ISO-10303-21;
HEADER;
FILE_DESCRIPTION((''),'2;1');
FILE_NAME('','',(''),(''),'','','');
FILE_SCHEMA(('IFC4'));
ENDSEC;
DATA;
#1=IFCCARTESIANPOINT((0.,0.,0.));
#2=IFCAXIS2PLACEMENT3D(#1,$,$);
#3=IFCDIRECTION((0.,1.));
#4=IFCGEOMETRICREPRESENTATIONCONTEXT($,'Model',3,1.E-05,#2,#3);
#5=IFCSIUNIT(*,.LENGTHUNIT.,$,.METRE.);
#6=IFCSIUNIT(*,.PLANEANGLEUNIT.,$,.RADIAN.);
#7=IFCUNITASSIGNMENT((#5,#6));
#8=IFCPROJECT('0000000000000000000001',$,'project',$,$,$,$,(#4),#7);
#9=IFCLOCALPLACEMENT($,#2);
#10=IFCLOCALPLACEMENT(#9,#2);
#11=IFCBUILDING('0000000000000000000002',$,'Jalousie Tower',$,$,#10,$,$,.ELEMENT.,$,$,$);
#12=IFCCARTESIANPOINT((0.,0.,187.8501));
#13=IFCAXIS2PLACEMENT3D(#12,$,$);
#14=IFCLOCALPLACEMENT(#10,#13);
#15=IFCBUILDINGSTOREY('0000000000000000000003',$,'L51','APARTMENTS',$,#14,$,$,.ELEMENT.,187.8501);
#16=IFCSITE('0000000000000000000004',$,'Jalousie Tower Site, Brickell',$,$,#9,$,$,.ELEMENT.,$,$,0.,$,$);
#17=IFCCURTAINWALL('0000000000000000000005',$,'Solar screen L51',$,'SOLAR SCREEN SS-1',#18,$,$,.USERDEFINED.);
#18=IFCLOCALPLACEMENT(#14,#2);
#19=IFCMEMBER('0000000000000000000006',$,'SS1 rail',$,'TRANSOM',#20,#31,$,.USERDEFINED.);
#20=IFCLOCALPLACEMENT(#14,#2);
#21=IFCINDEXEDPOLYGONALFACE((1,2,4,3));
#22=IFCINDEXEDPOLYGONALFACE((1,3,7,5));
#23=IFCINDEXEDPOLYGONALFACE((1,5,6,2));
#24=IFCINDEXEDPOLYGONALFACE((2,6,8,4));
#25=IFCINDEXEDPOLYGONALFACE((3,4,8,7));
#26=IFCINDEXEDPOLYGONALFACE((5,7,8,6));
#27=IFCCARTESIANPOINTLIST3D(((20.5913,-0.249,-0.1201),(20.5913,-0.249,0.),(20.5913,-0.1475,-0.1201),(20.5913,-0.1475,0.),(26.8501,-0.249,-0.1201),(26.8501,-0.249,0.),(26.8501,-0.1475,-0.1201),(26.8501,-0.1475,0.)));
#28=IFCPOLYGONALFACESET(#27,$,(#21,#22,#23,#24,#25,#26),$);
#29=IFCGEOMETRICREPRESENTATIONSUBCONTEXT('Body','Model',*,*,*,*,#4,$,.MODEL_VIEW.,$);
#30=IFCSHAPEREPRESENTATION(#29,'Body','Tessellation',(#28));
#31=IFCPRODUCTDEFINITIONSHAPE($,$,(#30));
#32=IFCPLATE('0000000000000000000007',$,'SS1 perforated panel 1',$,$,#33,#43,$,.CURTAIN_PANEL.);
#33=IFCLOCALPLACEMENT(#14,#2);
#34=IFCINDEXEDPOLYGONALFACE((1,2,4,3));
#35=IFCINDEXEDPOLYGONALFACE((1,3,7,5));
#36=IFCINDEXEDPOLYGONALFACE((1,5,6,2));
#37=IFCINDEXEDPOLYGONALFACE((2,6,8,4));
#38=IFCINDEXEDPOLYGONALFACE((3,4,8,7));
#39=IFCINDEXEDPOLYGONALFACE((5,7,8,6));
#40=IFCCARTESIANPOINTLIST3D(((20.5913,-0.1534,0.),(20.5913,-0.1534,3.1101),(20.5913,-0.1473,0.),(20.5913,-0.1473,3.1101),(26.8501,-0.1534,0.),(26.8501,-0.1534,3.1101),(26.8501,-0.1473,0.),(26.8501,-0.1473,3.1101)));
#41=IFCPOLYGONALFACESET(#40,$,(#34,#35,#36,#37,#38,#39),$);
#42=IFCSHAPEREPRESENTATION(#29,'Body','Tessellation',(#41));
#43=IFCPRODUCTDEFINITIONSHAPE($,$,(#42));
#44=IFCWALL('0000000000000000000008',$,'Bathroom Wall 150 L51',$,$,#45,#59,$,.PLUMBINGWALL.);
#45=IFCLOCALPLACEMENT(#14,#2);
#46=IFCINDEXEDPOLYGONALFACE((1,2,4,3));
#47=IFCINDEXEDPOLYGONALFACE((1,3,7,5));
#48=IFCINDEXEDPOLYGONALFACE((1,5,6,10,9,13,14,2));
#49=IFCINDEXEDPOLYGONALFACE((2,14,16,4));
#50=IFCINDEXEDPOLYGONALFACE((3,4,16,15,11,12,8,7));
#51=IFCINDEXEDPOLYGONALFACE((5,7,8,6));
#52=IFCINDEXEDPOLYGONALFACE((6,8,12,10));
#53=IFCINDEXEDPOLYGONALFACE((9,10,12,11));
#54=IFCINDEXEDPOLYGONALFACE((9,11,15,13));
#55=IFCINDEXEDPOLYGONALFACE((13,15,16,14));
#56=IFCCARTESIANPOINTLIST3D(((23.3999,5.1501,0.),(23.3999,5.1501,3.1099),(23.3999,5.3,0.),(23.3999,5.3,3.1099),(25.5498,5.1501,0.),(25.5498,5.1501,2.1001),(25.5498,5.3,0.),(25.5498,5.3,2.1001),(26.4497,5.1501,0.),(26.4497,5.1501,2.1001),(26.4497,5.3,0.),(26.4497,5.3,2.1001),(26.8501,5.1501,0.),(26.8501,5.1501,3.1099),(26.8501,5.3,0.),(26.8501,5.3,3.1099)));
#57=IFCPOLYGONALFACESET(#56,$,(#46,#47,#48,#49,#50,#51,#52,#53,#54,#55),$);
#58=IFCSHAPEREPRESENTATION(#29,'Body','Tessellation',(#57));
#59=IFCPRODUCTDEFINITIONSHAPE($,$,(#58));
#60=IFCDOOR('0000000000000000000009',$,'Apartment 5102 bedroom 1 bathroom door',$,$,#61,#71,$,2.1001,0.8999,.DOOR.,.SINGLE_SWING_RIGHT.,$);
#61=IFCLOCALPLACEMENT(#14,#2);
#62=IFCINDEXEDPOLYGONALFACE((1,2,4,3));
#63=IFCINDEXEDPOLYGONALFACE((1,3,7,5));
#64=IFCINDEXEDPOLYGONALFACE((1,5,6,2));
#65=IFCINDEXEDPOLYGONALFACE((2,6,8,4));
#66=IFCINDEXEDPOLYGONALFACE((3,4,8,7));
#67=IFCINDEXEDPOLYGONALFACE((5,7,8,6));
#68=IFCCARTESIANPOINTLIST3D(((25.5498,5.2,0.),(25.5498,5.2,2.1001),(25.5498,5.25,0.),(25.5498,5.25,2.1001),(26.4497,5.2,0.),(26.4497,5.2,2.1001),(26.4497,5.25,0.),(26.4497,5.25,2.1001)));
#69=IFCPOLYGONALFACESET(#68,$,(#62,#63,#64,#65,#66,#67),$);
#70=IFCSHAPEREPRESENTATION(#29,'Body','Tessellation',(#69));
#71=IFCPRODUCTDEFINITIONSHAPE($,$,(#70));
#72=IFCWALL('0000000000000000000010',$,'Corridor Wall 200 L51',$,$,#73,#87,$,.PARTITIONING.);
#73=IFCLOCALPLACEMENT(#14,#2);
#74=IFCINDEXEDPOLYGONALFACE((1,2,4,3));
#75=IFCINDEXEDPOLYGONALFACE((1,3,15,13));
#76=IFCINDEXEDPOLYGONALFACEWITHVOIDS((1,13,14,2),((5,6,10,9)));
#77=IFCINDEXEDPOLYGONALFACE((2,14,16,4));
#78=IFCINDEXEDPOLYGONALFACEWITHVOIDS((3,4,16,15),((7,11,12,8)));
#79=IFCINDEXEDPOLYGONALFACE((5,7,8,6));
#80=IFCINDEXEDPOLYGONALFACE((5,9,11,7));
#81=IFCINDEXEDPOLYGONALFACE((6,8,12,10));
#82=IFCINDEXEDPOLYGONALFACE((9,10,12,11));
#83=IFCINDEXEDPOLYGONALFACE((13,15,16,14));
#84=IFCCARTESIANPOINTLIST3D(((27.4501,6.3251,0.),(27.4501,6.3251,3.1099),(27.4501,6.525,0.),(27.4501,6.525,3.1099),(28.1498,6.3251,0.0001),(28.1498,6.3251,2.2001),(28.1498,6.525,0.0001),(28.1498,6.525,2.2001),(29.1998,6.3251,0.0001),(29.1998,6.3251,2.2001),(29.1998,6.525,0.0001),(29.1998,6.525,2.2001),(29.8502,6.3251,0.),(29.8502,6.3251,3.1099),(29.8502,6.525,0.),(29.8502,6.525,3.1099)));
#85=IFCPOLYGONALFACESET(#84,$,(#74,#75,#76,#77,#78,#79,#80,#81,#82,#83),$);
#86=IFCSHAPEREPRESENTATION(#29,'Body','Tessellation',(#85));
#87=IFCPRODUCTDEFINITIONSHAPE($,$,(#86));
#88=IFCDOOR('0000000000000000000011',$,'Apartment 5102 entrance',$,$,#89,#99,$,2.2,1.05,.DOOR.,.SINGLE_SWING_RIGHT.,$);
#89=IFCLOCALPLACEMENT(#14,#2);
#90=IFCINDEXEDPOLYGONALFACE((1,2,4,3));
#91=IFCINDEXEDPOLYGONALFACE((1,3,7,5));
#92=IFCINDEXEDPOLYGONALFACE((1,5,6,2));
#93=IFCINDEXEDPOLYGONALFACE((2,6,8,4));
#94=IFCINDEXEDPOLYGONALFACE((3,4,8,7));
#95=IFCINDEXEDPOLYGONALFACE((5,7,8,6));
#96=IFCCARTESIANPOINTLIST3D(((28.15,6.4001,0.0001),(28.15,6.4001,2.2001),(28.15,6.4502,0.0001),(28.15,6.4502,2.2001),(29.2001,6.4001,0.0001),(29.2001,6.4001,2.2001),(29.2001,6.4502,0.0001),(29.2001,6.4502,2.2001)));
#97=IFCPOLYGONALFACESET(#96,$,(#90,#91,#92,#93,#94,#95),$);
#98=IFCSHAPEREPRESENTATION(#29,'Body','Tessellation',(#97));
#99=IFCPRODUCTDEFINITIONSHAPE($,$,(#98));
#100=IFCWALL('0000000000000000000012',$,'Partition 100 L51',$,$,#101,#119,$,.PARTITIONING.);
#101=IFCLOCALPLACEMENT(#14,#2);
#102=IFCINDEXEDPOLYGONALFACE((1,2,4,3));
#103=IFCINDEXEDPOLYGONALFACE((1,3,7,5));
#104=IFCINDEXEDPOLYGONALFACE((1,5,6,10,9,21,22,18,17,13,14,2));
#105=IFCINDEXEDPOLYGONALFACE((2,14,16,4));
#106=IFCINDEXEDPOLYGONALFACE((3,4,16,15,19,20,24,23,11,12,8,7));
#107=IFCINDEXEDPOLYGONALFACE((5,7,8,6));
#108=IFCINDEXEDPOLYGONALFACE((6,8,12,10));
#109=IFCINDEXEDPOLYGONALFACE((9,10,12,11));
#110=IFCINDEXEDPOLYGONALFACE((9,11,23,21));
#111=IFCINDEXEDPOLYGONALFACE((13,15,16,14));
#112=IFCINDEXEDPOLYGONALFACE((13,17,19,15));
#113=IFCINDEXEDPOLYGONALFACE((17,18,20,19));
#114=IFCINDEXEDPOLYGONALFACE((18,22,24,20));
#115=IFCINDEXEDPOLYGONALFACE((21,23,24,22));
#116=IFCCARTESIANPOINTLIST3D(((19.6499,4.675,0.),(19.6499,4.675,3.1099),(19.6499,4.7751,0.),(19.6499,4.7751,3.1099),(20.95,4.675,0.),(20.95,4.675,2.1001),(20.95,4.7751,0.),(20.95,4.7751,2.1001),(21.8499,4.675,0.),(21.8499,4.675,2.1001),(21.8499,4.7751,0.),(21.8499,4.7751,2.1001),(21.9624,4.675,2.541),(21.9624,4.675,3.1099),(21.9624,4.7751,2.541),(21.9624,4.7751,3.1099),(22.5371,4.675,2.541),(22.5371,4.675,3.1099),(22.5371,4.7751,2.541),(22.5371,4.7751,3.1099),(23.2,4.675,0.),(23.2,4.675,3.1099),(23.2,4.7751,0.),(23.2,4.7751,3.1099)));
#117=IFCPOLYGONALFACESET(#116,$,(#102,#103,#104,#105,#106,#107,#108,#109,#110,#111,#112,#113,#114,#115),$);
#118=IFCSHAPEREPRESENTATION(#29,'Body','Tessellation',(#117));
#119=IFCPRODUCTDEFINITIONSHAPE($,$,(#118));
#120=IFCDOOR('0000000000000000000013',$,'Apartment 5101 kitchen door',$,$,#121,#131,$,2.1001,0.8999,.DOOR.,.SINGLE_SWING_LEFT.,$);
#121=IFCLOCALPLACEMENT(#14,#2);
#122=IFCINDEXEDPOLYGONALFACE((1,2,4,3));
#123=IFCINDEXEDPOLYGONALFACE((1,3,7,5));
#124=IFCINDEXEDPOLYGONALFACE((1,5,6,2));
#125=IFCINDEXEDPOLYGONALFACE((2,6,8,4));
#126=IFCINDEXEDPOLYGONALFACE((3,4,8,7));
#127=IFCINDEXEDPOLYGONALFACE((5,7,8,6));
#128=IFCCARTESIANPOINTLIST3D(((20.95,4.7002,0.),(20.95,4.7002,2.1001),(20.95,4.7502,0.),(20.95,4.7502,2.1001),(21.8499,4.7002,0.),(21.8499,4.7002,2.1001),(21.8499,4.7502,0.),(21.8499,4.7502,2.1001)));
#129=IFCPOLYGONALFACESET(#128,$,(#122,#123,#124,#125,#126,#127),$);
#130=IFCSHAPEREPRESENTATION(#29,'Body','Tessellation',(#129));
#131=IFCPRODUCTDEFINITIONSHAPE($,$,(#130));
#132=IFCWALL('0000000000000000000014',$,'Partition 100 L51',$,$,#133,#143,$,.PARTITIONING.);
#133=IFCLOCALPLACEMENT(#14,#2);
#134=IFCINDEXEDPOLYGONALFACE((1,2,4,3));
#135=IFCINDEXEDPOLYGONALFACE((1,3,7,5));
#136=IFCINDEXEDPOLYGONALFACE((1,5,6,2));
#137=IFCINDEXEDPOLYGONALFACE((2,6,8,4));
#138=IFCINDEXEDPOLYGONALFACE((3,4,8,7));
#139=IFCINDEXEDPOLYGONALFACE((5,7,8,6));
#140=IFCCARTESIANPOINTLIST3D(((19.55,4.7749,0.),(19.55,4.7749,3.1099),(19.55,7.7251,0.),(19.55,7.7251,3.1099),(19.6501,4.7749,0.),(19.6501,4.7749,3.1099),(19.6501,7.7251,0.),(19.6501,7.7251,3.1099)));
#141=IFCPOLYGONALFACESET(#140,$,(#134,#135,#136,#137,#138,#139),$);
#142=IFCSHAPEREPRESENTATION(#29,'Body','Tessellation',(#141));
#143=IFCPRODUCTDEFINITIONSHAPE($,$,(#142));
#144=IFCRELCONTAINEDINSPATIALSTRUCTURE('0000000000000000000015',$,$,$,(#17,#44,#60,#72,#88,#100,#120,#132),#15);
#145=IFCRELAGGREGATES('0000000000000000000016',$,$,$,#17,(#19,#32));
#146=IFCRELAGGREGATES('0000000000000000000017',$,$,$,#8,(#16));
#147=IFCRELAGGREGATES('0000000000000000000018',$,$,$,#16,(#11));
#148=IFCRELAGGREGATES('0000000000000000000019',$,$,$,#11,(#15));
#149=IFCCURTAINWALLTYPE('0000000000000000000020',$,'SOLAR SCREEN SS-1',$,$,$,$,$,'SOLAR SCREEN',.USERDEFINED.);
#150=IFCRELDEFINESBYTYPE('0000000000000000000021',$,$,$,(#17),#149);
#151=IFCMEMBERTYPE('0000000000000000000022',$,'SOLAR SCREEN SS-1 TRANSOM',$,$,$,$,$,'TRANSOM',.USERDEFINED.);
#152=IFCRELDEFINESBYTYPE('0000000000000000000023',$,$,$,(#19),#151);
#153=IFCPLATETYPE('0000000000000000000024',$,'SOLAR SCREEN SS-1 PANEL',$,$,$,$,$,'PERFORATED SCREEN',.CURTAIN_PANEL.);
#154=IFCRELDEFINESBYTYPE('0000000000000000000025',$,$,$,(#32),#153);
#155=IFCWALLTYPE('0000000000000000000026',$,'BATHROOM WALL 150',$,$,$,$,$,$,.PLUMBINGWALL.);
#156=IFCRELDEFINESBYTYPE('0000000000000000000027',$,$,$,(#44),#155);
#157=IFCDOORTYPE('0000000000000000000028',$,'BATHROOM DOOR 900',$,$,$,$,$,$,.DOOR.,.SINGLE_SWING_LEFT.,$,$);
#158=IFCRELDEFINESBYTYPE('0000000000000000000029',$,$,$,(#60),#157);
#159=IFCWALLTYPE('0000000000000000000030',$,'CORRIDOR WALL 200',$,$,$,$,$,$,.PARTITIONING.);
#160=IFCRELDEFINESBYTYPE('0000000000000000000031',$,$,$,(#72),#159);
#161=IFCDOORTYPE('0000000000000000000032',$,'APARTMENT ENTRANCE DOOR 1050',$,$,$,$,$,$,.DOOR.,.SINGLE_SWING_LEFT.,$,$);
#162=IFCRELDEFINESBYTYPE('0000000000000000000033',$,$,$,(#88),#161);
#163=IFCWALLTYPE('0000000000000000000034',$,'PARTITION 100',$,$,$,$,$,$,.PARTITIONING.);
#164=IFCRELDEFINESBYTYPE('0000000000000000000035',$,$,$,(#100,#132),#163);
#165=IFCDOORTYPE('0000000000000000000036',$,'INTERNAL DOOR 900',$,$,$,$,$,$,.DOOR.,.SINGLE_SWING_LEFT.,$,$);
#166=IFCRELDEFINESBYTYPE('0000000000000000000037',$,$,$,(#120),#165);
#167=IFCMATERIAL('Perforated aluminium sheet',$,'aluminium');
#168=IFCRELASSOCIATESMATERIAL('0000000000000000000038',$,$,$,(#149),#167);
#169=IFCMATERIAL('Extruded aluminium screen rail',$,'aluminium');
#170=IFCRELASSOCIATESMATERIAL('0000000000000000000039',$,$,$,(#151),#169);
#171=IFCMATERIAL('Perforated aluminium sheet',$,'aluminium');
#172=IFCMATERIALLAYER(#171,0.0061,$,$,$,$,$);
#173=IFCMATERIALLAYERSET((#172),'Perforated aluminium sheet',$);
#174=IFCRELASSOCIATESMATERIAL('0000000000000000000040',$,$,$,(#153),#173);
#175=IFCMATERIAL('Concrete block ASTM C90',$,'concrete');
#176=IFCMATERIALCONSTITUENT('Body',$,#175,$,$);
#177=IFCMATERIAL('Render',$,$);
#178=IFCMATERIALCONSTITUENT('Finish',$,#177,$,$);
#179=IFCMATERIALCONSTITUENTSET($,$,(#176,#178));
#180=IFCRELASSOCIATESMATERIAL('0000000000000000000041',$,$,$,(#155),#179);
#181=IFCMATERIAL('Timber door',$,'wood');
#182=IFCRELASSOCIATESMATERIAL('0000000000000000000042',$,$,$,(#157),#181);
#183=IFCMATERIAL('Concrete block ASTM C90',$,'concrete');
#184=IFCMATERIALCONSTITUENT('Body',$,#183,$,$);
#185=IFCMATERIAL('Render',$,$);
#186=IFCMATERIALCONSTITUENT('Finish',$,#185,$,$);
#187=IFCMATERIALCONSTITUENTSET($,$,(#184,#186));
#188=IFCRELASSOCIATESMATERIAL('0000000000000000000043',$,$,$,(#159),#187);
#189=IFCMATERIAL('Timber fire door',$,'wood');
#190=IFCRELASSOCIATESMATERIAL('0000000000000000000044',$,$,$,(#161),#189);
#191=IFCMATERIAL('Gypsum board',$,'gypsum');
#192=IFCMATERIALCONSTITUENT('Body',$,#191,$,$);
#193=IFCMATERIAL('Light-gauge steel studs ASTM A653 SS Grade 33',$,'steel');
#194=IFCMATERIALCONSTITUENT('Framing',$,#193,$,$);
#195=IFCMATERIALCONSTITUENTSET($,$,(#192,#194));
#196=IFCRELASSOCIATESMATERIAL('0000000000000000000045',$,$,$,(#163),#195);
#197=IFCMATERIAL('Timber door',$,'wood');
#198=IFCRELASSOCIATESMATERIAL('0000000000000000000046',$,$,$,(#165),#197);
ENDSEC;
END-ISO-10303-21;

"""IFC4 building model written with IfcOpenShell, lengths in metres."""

from ifc_helpers import new_model, si_unit, direction, frame, frame_2d, origin, origin_2d, place, context, subcontext, project, spatial, polyline, rectangle, outline, extrude, material, layer, layer_set, constituent, constituent_set, material_profile, profile_set, type_object, element, fill, aggregate, save


model = new_model("IFC4")

# Units and contexts
model_context = context("Model", 3, precision=1e-05, world=origin(), true_north=direction((0.0, 1.0)))
body_context = subcontext(model_context, "Body", "Model", "MODEL_VIEW")
ifc_project = project(units=[si_unit("LENGTHUNIT", "METRE"), si_unit("PLANEANGLEUNIT", "RADIAN")], contexts=[model_context])

# Site, building, storey
site_placement = place(None, origin())
site = spatial("IfcSite", under=ifc_project, at=site_placement, Name="Jalousie Tower Site, Brickell", CompositionType="ELEMENT", RefElevation=0.0)
building_placement = place(site_placement, origin())
building = spatial("IfcBuilding", under=site, at=building_placement, Name="Jalousie Tower", CompositionType="ELEMENT")
storey_placement = place(building_placement, frame((0.0, 0.0, 187.8501)))
storey = spatial("IfcBuildingStorey", under=building, at=storey_placement, Name="L51", Description="APARTMENTS", CompositionType="ELEMENT", Elevation=187.8501)

# Curtain wall, member, plate
ifc_material_1 = material(Name="Perforated aluminium sheet", Category="aluminium")
curtain_wall_type = type_object("IfcCurtainWallType", Name="SOLAR SCREEN SS-1", ElementType="SOLAR SCREEN", PredefinedType="USERDEFINED", material=ifc_material_1)
curtain_wall_placement = place(storey_placement, origin())
curtain_wall = element("IfcCurtainWall", 1, at=curtain_wall_placement, inside=storey, type_object=curtain_wall_type, Name="Solar screen L51", ObjectType="SOLAR SCREEN SS-1", PredefinedType="USERDEFINED")
ifc_material_2 = material(Name="Extruded aluminium screen rail", Category="aluminium")
ifc_material_profile_1 = material_profile(ifc_material_2, rectangle(XDim=0.1016, YDim=0.1201, at=origin_2d()), Name="RAIL 102x120")
ifc_profile_set_1 = profile_set([ifc_material_profile_1], Name="Extruded aluminium screen rail")
member_type_1 = type_object("IfcMemberType", Name="SOLAR SCREEN SS-1 TRANSOM", ElementType="TRANSOM", PredefinedType="USERDEFINED", material=ifc_profile_set_1)
member_1_placement = place(storey_placement, frame((20.5913, -0.1982, -0.0601), z_axis=(1.0, 0.0, 0.0), x_axis=(0.0, 1.0, 0.0)))
member_1 = element("IfcMember", 2, at=member_1_placement, type_object=member_type_1, Name="SS1 rail", ObjectType="TRANSOM", PredefinedType="USERDEFINED", context=body_context, shape_type="SweptSolid", body=[
    extrude(rectangle(XDim=0.1016, YDim=0.1201, at=origin_2d()), origin(), (0.0, 0.0, 1.0), 6.2588),
])
ifc_material_3 = material(Name="Perforated aluminium sheet", Category="aluminium")
ifc_layer_1 = layer(ifc_material_3, 0.0061)
ifc_layer_set_1 = layer_set([ifc_layer_1], Name="Perforated aluminium sheet")
plate_type = type_object("IfcPlateType", Name="SOLAR SCREEN SS-1 PANEL", ElementType="PERFORATED SCREEN", PredefinedType="CURTAIN_PANEL", material=ifc_layer_set_1)
plate_placement = place(storey_placement, frame((23.7207, -0.1504, 0.0), z_axis=(0.0, 0.0, 1.0), x_axis=(1.0, 0.0, 0.0)))
plate = element("IfcPlate", 3, at=plate_placement, type_object=plate_type, Name="SS1 perforated panel 1", PredefinedType="CURTAIN_PANEL", context=body_context, shape_type="SweptSolid", body=[
    extrude(rectangle(XDim=6.2588, YDim=0.0061, at=origin_2d()), origin(), (0.0, 0.0, 1.0), 3.1101),
])
aggregate(curtain_wall, [member_1, plate])

# Walls, openings, doors
ifc_material_4 = material(Name="Concrete block ASTM C90", Category="concrete")
ifc_constituent_1 = constituent(ifc_material_4, Name="Body")
ifc_material_5 = material(Name="Render")
ifc_constituent_2 = constituent(ifc_material_5, Name="Finish")
ifc_constituent_set_1 = constituent_set(constituents=[ifc_constituent_1, ifc_constituent_2])
wall_type_1 = type_object("IfcWallType", Name="BATHROOM WALL 150", PredefinedType="PLUMBINGWALL", material=ifc_constituent_set_1)
wall_1_placement = place(storey_placement, frame((23.3999, 5.2251, 0.0), z_axis=(0.0, 0.0, 1.0), x_axis=(1.0, 0.0, 0.0)))
wall_1 = element("IfcWall", 4, at=wall_1_placement, inside=storey, type_object=wall_type_1, Name="Bathroom Wall 150 L51", PredefinedType="PLUMBINGWALL", context=body_context, shape_type="SweptSolid", body=[
    extrude(rectangle(XDim=3.4502, YDim=0.1499, at=frame_2d((1.7251, 0.0))), origin(), (0.0, 0.0, 1.0), 3.1099),
])
opening_1_placement = place(wall_1_placement, frame((2.1499, 0.0, 0.0)))
opening_1 = element("IfcOpeningElement", 5, at=opening_1_placement, cuts=wall_1, PredefinedType="OPENING", context=body_context, shape_type="SweptSolid", body=[
    extrude(rectangle(XDim=0.8999, YDim=2.1001, at=frame_2d((0.45, 1.05))), frame((0.0, 0.085, 0.0), z_axis=(0.0, -1.0, 0.0), x_axis=(1.0, 0.0, 0.0)), (0.0, 0.0, 1.0), 0.1699),
])
ifc_material_6 = material(Name="Timber door", Category="wood")
door_type_1 = type_object("IfcDoorType", Name="BATHROOM DOOR 900", OperationType="SINGLE_SWING_LEFT", PredefinedType="DOOR", material=ifc_material_6)
door_1_placement = place(opening_1_placement, origin())
door_1 = element("IfcDoor", 6, at=door_1_placement, inside=storey, type_object=door_type_1, Name="Apartment 5102 bedroom 1 bathroom door", OperationType="SINGLE_SWING_RIGHT", OverallHeight=2.1001, OverallWidth=0.8999, PredefinedType="DOOR", context=body_context, shape_type="SweptSolid", body=[
    extrude(rectangle(XDim=0.8999, YDim=2.1001, at=frame_2d((0.45, 1.05))), frame((0.0, 0.0249, 0.0), z_axis=(0.0, -1.0, 0.0), x_axis=(1.0, 0.0, 0.0)), (0.0, 0.0, 1.0), 0.05),
])
fill(opening_1, door_1)
ifc_material_7 = material(Name="Concrete block ASTM C90", Category="concrete")
ifc_constituent_3 = constituent(ifc_material_7, Name="Body")
ifc_material_8 = material(Name="Render")
ifc_constituent_4 = constituent(ifc_material_8, Name="Finish")
ifc_constituent_set_2 = constituent_set(constituents=[ifc_constituent_3, ifc_constituent_4])
wall_type_2 = type_object("IfcWallType", Name="CORRIDOR WALL 200", PredefinedType="PARTITIONING", material=ifc_constituent_set_2)
wall_2_placement = place(storey_placement, frame((27.45, 6.425, 0.0), z_axis=(0.0, 0.0, 1.0), x_axis=(1.0, 0.0, 0.0)))
wall_2 = element("IfcWall", 7, at=wall_2_placement, inside=storey, type_object=wall_type_2, Name="Corridor Wall 200 L51", PredefinedType="PARTITIONING", context=body_context, shape_type="SweptSolid", body=[
    extrude(rectangle(XDim=2.4001, YDim=0.2, at=frame_2d((1.2002, 0.0))), origin(), (0.0, 0.0, 1.0), 3.1099),
])
opening_2_placement = place(wall_2_placement, frame((0.7, 0.0, 0.0)))
opening_2 = element("IfcOpeningElement", 8, at=opening_2_placement, cuts=wall_2, PredefinedType="OPENING", context=body_context, shape_type="SweptSolid", body=[
    extrude(rectangle(XDim=1.05, YDim=2.2, at=frame_2d((0.5249, 1.1001))), frame((0.0, 0.1099, 0.0), z_axis=(0.0, -1.0, 0.0), x_axis=(1.0, 0.0, 0.0)), (0.0, 0.0, 1.0), 0.22),
])
ifc_material_9 = material(Name="Timber fire door", Category="wood")
door_type_2 = type_object("IfcDoorType", Name="APARTMENT ENTRANCE DOOR 1050", OperationType="SINGLE_SWING_LEFT", PredefinedType="DOOR", material=ifc_material_9)
door_2_placement = place(opening_2_placement, frame((1.05, 0.0, 0.0), z_axis=(0.0, 0.0, 1.0), x_axis=(-1.0, 0.0, 0.0)))
door_2 = element("IfcDoor", 9, at=door_2_placement, inside=storey, type_object=door_type_2, Name="Apartment 5102 entrance", OperationType="SINGLE_SWING_RIGHT", OverallHeight=2.2, OverallWidth=1.05, PredefinedType="DOOR", context=body_context, shape_type="SweptSolid", body=[
    extrude(rectangle(XDim=1.05, YDim=2.2, at=frame_2d((0.5249, 1.1001))), frame((0.0, 0.0249, 0.0), z_axis=(0.0, -1.0, 0.0), x_axis=(1.0, 0.0, 0.0)), (0.0, 0.0, 1.0), 0.05),
])
fill(opening_2, door_2)
ifc_material_10 = material(Name="Gypsum board", Category="gypsum")
ifc_constituent_5 = constituent(ifc_material_10, Name="Body")
ifc_material_11 = material(Name="Light-gauge steel studs ASTM A653 SS Grade 33", Category="steel")
ifc_constituent_6 = constituent(ifc_material_11, Name="Framing")
ifc_constituent_set_3 = constituent_set(constituents=[ifc_constituent_5, ifc_constituent_6])
wall_type_3 = type_object("IfcWallType", Name="PARTITION 100", PredefinedType="PARTITIONING", material=ifc_constituent_set_3)
wall_3_placement = place(storey_placement, frame((19.6499, 4.7251, 0.0), z_axis=(0.0, 0.0, 1.0), x_axis=(1.0, 0.0, 0.0)))
wall_3 = element("IfcWall", 10, at=wall_3_placement, inside=storey, type_object=wall_type_3, Name="Partition 100 L51", PredefinedType="PARTITIONING", context=body_context, shape_type="SweptSolid", body=[
    extrude(outline(polyline([(0.0, 0.0), (3.55, 0.0), (3.55, 3.1099), (2.8872, 3.1099), (2.8872, 2.541), (2.3125, 2.541), (2.3125, 3.1099), (0.0, 3.1099), (0.0, 0.0)])), frame((0.0, 0.05, 0.0), z_axis=(0.0, -1.0, 0.0), x_axis=(1.0, 0.0, 0.0)), (0.0, 0.0, 1.0), 0.1001),
])
opening_3_placement = place(wall_3_placement, frame((1.3, 0.0, 0.0)))
opening_3 = element("IfcOpeningElement", 11, at=opening_3_placement, cuts=wall_3, PredefinedType="OPENING", context=body_context, shape_type="SweptSolid", body=[
    extrude(rectangle(XDim=0.8999, YDim=2.1001, at=frame_2d((0.45, 1.05))), frame((0.0, 0.0601, 0.0), z_axis=(0.0, -1.0, 0.0), x_axis=(1.0, 0.0, 0.0)), (0.0, 0.0, 1.0), 0.1201),
])
ifc_material_12 = material(Name="Timber door", Category="wood")
door_type_3 = type_object("IfcDoorType", Name="INTERNAL DOOR 900", OperationType="SINGLE_SWING_LEFT", PredefinedType="DOOR", material=ifc_material_12)
door_3_placement = place(opening_3_placement, frame((0.8999, 0.0, 0.0), z_axis=(0.0, 0.0, 1.0), x_axis=(-1.0, 0.0, 0.0)))
door_3 = element("IfcDoor", 12, at=door_3_placement, inside=storey, type_object=door_type_3, Name="Apartment 5101 kitchen door", OperationType="SINGLE_SWING_LEFT", OverallHeight=2.1001, OverallWidth=0.8999, PredefinedType="DOOR", context=body_context, shape_type="SweptSolid", body=[
    extrude(rectangle(XDim=0.8999, YDim=2.1001, at=frame_2d((0.45, 1.05))), frame((0.0, 0.0249, 0.0), z_axis=(0.0, -1.0, 0.0), x_axis=(1.0, 0.0, 0.0)), (0.0, 0.0, 1.0), 0.05),
])
fill(opening_3, door_3)

# Wall
wall_4_placement = place(storey_placement, frame((19.6001, 4.7749, 0.0), z_axis=(0.0, 0.0, 1.0), x_axis=(0.0, 1.0, 0.0)))
element("IfcWall", 13, at=wall_4_placement, inside=storey, type_object=wall_type_3, Name="Partition 100 L51", PredefinedType="PARTITIONING", context=body_context, shape_type="SweptSolid", body=[
    extrude(rectangle(XDim=2.9502, YDim=0.1001, at=frame_2d((1.4751, 0.0))), origin(), (0.0, 0.0, 1.0), 3.1099),
])

save(model, "model.ifc")
